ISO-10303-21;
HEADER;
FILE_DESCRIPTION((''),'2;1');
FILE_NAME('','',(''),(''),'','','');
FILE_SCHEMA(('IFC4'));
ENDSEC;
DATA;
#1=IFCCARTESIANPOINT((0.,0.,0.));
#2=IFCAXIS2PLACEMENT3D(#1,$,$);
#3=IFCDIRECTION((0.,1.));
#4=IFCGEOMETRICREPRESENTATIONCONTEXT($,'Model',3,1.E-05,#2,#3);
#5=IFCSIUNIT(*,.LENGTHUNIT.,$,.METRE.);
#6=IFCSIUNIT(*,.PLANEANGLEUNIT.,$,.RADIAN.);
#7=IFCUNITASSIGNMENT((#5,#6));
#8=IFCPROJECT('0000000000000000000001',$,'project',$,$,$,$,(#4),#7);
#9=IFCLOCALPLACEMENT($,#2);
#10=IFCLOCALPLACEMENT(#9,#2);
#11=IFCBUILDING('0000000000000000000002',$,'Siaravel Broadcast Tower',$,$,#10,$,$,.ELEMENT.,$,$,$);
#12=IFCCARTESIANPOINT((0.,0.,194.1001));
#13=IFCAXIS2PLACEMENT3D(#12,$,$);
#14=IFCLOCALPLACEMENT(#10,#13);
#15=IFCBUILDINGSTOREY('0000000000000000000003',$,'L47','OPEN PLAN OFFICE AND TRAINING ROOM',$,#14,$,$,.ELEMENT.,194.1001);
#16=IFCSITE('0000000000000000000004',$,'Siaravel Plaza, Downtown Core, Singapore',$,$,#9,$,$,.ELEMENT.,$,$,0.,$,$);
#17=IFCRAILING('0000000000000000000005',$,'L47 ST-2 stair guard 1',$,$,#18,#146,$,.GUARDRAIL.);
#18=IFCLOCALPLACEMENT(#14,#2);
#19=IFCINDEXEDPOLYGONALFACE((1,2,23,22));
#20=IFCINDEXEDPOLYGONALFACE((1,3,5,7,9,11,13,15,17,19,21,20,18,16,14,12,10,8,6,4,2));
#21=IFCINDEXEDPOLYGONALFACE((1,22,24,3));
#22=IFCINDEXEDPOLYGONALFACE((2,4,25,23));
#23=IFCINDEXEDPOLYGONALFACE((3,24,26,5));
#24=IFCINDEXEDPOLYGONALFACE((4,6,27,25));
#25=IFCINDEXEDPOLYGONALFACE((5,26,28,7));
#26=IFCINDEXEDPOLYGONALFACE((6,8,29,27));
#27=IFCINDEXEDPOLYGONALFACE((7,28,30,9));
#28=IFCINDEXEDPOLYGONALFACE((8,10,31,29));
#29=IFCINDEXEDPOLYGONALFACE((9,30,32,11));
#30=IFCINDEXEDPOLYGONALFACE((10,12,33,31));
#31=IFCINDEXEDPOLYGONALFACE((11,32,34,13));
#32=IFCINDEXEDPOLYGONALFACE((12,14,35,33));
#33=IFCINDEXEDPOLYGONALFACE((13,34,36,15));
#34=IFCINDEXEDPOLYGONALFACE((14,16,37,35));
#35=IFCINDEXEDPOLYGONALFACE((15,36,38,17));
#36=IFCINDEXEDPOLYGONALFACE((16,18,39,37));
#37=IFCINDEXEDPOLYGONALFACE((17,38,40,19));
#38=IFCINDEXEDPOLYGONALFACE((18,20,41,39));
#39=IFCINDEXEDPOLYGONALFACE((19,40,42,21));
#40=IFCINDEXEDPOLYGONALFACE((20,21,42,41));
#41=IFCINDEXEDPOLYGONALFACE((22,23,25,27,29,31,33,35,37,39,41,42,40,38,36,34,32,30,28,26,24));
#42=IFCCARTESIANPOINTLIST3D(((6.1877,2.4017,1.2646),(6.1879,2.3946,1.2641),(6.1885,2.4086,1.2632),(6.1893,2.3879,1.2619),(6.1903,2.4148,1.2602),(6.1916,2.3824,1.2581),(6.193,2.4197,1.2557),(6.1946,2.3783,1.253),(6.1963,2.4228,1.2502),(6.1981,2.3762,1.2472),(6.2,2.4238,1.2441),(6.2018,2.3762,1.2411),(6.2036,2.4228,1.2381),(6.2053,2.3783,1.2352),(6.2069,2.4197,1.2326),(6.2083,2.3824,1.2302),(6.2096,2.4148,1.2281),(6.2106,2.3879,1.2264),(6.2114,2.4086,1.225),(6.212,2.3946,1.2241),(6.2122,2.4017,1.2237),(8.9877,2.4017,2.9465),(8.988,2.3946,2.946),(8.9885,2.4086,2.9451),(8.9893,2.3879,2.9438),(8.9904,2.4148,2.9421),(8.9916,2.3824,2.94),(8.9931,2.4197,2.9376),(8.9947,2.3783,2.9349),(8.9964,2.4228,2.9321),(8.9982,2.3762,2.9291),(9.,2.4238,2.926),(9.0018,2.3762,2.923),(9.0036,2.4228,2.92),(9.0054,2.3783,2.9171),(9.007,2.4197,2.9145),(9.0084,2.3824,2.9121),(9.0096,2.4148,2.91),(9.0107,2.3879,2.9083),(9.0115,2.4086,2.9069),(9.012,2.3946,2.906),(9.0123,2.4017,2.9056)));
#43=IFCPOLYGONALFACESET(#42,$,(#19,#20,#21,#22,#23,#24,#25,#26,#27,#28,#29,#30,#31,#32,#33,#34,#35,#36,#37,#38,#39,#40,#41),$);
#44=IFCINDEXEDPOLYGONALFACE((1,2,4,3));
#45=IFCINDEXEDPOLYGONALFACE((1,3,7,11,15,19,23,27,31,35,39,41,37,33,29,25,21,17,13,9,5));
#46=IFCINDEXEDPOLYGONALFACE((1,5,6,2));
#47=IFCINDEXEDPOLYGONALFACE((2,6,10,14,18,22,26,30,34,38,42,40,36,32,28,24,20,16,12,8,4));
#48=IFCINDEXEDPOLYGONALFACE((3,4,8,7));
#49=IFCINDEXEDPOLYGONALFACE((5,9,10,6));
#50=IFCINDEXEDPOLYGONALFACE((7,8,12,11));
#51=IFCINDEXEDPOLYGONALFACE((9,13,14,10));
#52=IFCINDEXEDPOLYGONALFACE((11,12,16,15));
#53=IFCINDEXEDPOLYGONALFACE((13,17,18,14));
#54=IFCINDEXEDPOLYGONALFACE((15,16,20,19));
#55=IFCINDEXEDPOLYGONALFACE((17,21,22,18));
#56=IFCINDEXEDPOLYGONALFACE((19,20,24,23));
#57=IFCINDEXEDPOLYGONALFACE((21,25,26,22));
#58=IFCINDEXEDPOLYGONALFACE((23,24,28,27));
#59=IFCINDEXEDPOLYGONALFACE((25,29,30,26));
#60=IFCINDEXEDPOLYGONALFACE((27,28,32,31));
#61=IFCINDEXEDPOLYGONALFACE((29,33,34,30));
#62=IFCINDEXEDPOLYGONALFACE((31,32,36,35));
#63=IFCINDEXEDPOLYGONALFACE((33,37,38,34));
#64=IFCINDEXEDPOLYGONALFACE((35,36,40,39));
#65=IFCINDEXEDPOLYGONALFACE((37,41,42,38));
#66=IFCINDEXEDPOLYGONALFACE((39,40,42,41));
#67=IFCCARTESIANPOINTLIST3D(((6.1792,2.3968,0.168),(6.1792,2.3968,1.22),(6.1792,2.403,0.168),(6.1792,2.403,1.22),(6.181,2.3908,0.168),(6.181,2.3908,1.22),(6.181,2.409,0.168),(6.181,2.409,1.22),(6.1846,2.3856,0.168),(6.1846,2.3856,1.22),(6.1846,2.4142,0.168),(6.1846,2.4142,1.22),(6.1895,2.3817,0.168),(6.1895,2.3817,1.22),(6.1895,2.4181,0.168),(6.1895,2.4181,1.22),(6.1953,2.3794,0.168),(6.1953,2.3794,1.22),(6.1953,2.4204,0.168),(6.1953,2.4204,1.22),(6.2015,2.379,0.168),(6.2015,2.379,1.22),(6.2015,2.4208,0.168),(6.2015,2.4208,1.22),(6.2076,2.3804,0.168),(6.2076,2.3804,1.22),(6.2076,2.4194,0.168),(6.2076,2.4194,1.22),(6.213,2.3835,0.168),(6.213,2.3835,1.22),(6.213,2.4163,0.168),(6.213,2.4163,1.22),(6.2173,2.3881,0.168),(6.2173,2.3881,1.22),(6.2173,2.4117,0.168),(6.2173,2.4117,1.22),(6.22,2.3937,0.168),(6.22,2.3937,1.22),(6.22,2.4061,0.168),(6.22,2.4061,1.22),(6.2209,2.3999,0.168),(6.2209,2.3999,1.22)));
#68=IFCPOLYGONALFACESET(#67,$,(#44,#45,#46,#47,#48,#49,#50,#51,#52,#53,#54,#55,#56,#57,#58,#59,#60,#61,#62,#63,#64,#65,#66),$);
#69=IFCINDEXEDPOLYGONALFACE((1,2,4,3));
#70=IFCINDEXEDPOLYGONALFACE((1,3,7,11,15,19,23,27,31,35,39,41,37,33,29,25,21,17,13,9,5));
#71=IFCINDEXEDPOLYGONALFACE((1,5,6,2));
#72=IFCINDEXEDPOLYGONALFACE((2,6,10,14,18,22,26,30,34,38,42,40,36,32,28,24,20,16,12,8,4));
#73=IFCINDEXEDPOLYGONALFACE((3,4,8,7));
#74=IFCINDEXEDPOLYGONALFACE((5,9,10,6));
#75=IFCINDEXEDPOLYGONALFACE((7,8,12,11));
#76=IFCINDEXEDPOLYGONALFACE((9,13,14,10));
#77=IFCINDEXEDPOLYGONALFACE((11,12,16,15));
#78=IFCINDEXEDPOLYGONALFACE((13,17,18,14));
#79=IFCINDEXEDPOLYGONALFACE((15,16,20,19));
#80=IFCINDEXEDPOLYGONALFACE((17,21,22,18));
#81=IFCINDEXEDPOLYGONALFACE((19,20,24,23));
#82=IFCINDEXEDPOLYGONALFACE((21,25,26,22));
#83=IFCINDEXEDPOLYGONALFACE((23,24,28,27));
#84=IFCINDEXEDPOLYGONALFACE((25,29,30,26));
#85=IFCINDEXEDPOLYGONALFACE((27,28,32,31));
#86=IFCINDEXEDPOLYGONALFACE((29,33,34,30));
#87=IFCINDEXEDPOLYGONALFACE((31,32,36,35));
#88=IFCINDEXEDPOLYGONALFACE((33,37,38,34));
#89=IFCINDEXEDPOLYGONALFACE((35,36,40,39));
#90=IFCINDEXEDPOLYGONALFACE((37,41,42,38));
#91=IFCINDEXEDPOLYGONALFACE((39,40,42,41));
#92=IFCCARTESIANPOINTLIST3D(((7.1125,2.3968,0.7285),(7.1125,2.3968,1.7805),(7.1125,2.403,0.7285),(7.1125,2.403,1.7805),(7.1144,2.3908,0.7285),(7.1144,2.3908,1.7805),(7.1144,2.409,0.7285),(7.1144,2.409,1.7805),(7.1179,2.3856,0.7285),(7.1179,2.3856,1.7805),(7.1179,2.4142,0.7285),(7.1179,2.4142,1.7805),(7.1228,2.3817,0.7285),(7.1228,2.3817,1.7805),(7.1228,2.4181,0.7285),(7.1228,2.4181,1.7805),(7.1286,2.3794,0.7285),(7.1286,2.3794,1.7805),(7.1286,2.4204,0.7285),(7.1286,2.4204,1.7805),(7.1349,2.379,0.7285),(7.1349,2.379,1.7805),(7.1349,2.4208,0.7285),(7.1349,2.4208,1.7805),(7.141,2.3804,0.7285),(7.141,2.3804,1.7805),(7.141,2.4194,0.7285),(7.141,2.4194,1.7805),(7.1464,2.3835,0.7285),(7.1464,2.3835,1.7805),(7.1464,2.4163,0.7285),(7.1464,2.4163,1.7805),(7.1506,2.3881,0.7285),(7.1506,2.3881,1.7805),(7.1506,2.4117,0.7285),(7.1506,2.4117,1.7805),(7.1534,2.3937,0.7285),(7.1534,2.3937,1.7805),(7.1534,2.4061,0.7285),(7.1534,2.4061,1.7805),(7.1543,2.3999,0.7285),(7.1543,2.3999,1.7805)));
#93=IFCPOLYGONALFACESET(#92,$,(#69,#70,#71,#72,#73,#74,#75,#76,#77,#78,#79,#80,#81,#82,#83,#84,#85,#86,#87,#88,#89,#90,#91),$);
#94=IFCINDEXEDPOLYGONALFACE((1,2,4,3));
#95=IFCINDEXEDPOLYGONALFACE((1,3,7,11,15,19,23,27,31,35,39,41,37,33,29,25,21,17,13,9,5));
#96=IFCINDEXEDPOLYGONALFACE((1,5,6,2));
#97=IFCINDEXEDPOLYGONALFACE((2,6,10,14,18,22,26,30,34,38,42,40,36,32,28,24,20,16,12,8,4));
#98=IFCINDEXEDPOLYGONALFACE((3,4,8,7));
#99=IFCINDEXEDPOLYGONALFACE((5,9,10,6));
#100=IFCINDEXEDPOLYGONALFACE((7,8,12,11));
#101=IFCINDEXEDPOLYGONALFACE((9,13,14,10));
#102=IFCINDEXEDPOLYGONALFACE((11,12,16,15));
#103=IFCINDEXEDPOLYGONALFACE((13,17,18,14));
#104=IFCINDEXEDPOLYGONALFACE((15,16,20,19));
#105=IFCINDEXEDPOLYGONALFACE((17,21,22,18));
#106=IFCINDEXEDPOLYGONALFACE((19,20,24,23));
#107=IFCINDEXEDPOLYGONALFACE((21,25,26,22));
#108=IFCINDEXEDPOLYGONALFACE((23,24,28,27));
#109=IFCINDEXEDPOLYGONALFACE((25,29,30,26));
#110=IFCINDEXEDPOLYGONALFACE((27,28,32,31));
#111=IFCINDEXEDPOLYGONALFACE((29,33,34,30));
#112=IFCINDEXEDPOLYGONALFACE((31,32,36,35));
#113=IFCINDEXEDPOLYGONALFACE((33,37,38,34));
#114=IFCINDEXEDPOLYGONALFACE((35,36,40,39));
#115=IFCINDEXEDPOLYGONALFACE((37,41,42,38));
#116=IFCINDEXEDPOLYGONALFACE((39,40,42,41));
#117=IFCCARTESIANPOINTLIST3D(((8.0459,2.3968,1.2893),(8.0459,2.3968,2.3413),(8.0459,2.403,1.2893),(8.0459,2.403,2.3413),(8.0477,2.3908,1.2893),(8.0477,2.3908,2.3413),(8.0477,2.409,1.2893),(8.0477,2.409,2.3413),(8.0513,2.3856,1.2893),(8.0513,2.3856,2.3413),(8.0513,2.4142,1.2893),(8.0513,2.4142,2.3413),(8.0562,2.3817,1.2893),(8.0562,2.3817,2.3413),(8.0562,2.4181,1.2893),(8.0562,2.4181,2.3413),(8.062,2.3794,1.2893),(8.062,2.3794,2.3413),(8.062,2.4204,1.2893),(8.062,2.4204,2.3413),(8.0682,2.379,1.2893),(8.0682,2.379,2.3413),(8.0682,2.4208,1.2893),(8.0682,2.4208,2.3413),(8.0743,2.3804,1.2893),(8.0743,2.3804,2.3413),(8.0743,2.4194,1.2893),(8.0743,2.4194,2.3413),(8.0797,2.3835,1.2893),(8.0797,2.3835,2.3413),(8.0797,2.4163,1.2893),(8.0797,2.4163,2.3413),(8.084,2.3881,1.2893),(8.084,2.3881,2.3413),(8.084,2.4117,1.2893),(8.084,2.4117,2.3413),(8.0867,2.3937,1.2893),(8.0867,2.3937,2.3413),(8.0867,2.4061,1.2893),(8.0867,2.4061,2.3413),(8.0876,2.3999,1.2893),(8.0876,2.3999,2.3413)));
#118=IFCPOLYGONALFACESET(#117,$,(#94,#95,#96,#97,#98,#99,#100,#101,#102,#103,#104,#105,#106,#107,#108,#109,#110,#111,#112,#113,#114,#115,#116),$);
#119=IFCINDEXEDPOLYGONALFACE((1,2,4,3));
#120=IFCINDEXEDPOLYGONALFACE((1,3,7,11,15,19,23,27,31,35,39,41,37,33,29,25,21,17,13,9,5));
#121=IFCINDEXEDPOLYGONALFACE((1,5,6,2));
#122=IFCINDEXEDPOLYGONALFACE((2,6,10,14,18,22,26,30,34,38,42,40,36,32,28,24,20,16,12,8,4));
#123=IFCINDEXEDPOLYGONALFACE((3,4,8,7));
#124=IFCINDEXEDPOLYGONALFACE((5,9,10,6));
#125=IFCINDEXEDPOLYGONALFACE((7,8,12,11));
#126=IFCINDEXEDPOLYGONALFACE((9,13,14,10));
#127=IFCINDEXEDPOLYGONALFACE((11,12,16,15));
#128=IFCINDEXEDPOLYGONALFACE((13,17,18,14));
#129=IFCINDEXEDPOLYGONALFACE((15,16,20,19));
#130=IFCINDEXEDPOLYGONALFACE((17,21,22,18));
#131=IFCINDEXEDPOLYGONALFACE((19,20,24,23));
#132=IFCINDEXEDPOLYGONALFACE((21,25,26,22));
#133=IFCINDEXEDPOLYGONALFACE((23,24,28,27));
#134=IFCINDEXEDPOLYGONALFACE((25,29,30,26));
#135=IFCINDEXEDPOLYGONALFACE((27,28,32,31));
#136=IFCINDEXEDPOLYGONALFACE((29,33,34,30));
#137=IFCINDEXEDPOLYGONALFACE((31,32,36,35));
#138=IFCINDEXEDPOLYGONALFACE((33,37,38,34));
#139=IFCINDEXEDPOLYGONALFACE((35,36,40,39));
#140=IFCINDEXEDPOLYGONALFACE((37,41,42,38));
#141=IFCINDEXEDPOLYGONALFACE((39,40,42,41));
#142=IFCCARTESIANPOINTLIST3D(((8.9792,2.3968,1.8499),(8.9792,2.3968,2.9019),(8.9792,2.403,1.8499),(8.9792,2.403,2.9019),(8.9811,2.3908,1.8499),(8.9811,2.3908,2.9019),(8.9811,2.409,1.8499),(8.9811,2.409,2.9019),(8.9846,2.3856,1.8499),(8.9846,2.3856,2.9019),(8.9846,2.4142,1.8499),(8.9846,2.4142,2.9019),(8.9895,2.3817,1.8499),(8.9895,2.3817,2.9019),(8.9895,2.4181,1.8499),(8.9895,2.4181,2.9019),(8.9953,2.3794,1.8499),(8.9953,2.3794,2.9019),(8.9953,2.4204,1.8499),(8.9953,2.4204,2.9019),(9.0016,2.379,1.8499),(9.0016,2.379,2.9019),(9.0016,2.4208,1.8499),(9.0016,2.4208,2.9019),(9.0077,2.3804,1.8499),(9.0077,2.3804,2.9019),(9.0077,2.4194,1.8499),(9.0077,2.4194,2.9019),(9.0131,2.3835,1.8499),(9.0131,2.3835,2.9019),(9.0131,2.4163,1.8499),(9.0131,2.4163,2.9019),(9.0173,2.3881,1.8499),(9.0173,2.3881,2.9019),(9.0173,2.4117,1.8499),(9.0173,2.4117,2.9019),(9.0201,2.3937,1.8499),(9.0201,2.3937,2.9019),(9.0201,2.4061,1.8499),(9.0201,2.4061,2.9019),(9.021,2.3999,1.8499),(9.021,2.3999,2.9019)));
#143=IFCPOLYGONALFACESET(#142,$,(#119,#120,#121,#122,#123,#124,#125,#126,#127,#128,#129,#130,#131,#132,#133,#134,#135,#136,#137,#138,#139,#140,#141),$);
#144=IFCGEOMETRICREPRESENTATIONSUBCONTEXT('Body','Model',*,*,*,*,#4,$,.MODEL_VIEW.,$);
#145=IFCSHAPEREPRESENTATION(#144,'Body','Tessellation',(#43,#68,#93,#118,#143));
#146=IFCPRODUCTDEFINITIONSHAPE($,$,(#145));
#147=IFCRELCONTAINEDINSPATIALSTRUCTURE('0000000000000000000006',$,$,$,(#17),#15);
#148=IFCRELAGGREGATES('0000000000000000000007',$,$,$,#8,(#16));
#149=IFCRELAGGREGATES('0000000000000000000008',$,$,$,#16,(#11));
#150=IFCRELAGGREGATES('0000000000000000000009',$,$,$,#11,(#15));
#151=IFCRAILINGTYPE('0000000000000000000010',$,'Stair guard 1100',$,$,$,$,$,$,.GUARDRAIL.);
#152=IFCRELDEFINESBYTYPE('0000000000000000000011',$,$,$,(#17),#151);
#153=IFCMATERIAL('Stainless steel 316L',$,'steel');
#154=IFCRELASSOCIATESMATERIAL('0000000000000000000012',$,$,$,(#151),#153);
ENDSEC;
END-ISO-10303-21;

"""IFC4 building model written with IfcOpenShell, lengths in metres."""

from ifc_helpers import new_model, si_unit, direction, frame, origin, origin_2d, place, context, subcontext, project, spatial, circle, extrude, material, type_object, element, save


model = new_model("IFC4")

# Units and contexts
model_context = context("Model", 3, precision=1e-05, world=origin(), true_north=direction((0.0, 1.0)))
body_context = subcontext(model_context, "Body", "Model", "MODEL_VIEW")
ifc_project = project(units=[si_unit("LENGTHUNIT", "METRE"), si_unit("PLANEANGLEUNIT", "RADIAN")], contexts=[model_context])

# Site, building, storey
site_placement = place(None, origin())
site = spatial("IfcSite", under=ifc_project, at=site_placement, Name="Siaravel Plaza, Downtown Core, Singapore", CompositionType="ELEMENT", RefElevation=0.0)
building_placement = place(site_placement, origin())
building = spatial("IfcBuilding", under=site, at=building_placement, Name="Siaravel Broadcast Tower", CompositionType="ELEMENT")
storey_placement = place(building_placement, frame((0.0, 0.0, 194.1001)))
storey = spatial("IfcBuildingStorey", under=building, at=storey_placement, Name="L47", Description="OPEN PLAN OFFICE AND TRAINING ROOM", CompositionType="ELEMENT", Elevation=194.1001)

# Railing
ifc_material_1 = material(Name="Stainless steel 316L", Category="steel")
railing_type_1 = type_object("IfcRailingType", Name="Stair guard 1100", PredefinedType="GUARDRAIL", material=ifc_material_1)
railing_1_placement = place(storey_placement, frame((6.2, 2.3999, 0.168)))
element("IfcRailing", 1, at=railing_1_placement, inside=storey, type_object=railing_type_1, Name="L47 ST-2 stair guard 1", PredefinedType="GUARDRAIL", context=body_context, shape_type="SweptSolid", body=[
    extrude(circle(Radius=0.0239, at=origin_2d()), frame((0.0, 0.0, 1.0762), z_axis=(0.857242, 0.0, 0.514913), x_axis=(0.0, 1.0, 0.0)), (0.0, 0.0, 1.0), 3.2664),
    extrude(circle(Radius=0.021, at=origin_2d()), origin(), (0.0, 0.0, 1.0), 1.052),
    extrude(circle(Radius=0.021, at=origin_2d()), frame((0.9333, 0.0, 0.5605)), (0.0, 0.0, 1.0), 1.052),
    extrude(circle(Radius=0.021, at=origin_2d()), frame((1.8667, 0.0, 1.1213)), (0.0, 0.0, 1.0), 1.052),
    extrude(circle(Radius=0.021, at=origin_2d()), frame((2.8, 0.0, 1.6819)), (0.0, 0.0, 1.0), 1.052),
])

save(model, "model.ifc")
